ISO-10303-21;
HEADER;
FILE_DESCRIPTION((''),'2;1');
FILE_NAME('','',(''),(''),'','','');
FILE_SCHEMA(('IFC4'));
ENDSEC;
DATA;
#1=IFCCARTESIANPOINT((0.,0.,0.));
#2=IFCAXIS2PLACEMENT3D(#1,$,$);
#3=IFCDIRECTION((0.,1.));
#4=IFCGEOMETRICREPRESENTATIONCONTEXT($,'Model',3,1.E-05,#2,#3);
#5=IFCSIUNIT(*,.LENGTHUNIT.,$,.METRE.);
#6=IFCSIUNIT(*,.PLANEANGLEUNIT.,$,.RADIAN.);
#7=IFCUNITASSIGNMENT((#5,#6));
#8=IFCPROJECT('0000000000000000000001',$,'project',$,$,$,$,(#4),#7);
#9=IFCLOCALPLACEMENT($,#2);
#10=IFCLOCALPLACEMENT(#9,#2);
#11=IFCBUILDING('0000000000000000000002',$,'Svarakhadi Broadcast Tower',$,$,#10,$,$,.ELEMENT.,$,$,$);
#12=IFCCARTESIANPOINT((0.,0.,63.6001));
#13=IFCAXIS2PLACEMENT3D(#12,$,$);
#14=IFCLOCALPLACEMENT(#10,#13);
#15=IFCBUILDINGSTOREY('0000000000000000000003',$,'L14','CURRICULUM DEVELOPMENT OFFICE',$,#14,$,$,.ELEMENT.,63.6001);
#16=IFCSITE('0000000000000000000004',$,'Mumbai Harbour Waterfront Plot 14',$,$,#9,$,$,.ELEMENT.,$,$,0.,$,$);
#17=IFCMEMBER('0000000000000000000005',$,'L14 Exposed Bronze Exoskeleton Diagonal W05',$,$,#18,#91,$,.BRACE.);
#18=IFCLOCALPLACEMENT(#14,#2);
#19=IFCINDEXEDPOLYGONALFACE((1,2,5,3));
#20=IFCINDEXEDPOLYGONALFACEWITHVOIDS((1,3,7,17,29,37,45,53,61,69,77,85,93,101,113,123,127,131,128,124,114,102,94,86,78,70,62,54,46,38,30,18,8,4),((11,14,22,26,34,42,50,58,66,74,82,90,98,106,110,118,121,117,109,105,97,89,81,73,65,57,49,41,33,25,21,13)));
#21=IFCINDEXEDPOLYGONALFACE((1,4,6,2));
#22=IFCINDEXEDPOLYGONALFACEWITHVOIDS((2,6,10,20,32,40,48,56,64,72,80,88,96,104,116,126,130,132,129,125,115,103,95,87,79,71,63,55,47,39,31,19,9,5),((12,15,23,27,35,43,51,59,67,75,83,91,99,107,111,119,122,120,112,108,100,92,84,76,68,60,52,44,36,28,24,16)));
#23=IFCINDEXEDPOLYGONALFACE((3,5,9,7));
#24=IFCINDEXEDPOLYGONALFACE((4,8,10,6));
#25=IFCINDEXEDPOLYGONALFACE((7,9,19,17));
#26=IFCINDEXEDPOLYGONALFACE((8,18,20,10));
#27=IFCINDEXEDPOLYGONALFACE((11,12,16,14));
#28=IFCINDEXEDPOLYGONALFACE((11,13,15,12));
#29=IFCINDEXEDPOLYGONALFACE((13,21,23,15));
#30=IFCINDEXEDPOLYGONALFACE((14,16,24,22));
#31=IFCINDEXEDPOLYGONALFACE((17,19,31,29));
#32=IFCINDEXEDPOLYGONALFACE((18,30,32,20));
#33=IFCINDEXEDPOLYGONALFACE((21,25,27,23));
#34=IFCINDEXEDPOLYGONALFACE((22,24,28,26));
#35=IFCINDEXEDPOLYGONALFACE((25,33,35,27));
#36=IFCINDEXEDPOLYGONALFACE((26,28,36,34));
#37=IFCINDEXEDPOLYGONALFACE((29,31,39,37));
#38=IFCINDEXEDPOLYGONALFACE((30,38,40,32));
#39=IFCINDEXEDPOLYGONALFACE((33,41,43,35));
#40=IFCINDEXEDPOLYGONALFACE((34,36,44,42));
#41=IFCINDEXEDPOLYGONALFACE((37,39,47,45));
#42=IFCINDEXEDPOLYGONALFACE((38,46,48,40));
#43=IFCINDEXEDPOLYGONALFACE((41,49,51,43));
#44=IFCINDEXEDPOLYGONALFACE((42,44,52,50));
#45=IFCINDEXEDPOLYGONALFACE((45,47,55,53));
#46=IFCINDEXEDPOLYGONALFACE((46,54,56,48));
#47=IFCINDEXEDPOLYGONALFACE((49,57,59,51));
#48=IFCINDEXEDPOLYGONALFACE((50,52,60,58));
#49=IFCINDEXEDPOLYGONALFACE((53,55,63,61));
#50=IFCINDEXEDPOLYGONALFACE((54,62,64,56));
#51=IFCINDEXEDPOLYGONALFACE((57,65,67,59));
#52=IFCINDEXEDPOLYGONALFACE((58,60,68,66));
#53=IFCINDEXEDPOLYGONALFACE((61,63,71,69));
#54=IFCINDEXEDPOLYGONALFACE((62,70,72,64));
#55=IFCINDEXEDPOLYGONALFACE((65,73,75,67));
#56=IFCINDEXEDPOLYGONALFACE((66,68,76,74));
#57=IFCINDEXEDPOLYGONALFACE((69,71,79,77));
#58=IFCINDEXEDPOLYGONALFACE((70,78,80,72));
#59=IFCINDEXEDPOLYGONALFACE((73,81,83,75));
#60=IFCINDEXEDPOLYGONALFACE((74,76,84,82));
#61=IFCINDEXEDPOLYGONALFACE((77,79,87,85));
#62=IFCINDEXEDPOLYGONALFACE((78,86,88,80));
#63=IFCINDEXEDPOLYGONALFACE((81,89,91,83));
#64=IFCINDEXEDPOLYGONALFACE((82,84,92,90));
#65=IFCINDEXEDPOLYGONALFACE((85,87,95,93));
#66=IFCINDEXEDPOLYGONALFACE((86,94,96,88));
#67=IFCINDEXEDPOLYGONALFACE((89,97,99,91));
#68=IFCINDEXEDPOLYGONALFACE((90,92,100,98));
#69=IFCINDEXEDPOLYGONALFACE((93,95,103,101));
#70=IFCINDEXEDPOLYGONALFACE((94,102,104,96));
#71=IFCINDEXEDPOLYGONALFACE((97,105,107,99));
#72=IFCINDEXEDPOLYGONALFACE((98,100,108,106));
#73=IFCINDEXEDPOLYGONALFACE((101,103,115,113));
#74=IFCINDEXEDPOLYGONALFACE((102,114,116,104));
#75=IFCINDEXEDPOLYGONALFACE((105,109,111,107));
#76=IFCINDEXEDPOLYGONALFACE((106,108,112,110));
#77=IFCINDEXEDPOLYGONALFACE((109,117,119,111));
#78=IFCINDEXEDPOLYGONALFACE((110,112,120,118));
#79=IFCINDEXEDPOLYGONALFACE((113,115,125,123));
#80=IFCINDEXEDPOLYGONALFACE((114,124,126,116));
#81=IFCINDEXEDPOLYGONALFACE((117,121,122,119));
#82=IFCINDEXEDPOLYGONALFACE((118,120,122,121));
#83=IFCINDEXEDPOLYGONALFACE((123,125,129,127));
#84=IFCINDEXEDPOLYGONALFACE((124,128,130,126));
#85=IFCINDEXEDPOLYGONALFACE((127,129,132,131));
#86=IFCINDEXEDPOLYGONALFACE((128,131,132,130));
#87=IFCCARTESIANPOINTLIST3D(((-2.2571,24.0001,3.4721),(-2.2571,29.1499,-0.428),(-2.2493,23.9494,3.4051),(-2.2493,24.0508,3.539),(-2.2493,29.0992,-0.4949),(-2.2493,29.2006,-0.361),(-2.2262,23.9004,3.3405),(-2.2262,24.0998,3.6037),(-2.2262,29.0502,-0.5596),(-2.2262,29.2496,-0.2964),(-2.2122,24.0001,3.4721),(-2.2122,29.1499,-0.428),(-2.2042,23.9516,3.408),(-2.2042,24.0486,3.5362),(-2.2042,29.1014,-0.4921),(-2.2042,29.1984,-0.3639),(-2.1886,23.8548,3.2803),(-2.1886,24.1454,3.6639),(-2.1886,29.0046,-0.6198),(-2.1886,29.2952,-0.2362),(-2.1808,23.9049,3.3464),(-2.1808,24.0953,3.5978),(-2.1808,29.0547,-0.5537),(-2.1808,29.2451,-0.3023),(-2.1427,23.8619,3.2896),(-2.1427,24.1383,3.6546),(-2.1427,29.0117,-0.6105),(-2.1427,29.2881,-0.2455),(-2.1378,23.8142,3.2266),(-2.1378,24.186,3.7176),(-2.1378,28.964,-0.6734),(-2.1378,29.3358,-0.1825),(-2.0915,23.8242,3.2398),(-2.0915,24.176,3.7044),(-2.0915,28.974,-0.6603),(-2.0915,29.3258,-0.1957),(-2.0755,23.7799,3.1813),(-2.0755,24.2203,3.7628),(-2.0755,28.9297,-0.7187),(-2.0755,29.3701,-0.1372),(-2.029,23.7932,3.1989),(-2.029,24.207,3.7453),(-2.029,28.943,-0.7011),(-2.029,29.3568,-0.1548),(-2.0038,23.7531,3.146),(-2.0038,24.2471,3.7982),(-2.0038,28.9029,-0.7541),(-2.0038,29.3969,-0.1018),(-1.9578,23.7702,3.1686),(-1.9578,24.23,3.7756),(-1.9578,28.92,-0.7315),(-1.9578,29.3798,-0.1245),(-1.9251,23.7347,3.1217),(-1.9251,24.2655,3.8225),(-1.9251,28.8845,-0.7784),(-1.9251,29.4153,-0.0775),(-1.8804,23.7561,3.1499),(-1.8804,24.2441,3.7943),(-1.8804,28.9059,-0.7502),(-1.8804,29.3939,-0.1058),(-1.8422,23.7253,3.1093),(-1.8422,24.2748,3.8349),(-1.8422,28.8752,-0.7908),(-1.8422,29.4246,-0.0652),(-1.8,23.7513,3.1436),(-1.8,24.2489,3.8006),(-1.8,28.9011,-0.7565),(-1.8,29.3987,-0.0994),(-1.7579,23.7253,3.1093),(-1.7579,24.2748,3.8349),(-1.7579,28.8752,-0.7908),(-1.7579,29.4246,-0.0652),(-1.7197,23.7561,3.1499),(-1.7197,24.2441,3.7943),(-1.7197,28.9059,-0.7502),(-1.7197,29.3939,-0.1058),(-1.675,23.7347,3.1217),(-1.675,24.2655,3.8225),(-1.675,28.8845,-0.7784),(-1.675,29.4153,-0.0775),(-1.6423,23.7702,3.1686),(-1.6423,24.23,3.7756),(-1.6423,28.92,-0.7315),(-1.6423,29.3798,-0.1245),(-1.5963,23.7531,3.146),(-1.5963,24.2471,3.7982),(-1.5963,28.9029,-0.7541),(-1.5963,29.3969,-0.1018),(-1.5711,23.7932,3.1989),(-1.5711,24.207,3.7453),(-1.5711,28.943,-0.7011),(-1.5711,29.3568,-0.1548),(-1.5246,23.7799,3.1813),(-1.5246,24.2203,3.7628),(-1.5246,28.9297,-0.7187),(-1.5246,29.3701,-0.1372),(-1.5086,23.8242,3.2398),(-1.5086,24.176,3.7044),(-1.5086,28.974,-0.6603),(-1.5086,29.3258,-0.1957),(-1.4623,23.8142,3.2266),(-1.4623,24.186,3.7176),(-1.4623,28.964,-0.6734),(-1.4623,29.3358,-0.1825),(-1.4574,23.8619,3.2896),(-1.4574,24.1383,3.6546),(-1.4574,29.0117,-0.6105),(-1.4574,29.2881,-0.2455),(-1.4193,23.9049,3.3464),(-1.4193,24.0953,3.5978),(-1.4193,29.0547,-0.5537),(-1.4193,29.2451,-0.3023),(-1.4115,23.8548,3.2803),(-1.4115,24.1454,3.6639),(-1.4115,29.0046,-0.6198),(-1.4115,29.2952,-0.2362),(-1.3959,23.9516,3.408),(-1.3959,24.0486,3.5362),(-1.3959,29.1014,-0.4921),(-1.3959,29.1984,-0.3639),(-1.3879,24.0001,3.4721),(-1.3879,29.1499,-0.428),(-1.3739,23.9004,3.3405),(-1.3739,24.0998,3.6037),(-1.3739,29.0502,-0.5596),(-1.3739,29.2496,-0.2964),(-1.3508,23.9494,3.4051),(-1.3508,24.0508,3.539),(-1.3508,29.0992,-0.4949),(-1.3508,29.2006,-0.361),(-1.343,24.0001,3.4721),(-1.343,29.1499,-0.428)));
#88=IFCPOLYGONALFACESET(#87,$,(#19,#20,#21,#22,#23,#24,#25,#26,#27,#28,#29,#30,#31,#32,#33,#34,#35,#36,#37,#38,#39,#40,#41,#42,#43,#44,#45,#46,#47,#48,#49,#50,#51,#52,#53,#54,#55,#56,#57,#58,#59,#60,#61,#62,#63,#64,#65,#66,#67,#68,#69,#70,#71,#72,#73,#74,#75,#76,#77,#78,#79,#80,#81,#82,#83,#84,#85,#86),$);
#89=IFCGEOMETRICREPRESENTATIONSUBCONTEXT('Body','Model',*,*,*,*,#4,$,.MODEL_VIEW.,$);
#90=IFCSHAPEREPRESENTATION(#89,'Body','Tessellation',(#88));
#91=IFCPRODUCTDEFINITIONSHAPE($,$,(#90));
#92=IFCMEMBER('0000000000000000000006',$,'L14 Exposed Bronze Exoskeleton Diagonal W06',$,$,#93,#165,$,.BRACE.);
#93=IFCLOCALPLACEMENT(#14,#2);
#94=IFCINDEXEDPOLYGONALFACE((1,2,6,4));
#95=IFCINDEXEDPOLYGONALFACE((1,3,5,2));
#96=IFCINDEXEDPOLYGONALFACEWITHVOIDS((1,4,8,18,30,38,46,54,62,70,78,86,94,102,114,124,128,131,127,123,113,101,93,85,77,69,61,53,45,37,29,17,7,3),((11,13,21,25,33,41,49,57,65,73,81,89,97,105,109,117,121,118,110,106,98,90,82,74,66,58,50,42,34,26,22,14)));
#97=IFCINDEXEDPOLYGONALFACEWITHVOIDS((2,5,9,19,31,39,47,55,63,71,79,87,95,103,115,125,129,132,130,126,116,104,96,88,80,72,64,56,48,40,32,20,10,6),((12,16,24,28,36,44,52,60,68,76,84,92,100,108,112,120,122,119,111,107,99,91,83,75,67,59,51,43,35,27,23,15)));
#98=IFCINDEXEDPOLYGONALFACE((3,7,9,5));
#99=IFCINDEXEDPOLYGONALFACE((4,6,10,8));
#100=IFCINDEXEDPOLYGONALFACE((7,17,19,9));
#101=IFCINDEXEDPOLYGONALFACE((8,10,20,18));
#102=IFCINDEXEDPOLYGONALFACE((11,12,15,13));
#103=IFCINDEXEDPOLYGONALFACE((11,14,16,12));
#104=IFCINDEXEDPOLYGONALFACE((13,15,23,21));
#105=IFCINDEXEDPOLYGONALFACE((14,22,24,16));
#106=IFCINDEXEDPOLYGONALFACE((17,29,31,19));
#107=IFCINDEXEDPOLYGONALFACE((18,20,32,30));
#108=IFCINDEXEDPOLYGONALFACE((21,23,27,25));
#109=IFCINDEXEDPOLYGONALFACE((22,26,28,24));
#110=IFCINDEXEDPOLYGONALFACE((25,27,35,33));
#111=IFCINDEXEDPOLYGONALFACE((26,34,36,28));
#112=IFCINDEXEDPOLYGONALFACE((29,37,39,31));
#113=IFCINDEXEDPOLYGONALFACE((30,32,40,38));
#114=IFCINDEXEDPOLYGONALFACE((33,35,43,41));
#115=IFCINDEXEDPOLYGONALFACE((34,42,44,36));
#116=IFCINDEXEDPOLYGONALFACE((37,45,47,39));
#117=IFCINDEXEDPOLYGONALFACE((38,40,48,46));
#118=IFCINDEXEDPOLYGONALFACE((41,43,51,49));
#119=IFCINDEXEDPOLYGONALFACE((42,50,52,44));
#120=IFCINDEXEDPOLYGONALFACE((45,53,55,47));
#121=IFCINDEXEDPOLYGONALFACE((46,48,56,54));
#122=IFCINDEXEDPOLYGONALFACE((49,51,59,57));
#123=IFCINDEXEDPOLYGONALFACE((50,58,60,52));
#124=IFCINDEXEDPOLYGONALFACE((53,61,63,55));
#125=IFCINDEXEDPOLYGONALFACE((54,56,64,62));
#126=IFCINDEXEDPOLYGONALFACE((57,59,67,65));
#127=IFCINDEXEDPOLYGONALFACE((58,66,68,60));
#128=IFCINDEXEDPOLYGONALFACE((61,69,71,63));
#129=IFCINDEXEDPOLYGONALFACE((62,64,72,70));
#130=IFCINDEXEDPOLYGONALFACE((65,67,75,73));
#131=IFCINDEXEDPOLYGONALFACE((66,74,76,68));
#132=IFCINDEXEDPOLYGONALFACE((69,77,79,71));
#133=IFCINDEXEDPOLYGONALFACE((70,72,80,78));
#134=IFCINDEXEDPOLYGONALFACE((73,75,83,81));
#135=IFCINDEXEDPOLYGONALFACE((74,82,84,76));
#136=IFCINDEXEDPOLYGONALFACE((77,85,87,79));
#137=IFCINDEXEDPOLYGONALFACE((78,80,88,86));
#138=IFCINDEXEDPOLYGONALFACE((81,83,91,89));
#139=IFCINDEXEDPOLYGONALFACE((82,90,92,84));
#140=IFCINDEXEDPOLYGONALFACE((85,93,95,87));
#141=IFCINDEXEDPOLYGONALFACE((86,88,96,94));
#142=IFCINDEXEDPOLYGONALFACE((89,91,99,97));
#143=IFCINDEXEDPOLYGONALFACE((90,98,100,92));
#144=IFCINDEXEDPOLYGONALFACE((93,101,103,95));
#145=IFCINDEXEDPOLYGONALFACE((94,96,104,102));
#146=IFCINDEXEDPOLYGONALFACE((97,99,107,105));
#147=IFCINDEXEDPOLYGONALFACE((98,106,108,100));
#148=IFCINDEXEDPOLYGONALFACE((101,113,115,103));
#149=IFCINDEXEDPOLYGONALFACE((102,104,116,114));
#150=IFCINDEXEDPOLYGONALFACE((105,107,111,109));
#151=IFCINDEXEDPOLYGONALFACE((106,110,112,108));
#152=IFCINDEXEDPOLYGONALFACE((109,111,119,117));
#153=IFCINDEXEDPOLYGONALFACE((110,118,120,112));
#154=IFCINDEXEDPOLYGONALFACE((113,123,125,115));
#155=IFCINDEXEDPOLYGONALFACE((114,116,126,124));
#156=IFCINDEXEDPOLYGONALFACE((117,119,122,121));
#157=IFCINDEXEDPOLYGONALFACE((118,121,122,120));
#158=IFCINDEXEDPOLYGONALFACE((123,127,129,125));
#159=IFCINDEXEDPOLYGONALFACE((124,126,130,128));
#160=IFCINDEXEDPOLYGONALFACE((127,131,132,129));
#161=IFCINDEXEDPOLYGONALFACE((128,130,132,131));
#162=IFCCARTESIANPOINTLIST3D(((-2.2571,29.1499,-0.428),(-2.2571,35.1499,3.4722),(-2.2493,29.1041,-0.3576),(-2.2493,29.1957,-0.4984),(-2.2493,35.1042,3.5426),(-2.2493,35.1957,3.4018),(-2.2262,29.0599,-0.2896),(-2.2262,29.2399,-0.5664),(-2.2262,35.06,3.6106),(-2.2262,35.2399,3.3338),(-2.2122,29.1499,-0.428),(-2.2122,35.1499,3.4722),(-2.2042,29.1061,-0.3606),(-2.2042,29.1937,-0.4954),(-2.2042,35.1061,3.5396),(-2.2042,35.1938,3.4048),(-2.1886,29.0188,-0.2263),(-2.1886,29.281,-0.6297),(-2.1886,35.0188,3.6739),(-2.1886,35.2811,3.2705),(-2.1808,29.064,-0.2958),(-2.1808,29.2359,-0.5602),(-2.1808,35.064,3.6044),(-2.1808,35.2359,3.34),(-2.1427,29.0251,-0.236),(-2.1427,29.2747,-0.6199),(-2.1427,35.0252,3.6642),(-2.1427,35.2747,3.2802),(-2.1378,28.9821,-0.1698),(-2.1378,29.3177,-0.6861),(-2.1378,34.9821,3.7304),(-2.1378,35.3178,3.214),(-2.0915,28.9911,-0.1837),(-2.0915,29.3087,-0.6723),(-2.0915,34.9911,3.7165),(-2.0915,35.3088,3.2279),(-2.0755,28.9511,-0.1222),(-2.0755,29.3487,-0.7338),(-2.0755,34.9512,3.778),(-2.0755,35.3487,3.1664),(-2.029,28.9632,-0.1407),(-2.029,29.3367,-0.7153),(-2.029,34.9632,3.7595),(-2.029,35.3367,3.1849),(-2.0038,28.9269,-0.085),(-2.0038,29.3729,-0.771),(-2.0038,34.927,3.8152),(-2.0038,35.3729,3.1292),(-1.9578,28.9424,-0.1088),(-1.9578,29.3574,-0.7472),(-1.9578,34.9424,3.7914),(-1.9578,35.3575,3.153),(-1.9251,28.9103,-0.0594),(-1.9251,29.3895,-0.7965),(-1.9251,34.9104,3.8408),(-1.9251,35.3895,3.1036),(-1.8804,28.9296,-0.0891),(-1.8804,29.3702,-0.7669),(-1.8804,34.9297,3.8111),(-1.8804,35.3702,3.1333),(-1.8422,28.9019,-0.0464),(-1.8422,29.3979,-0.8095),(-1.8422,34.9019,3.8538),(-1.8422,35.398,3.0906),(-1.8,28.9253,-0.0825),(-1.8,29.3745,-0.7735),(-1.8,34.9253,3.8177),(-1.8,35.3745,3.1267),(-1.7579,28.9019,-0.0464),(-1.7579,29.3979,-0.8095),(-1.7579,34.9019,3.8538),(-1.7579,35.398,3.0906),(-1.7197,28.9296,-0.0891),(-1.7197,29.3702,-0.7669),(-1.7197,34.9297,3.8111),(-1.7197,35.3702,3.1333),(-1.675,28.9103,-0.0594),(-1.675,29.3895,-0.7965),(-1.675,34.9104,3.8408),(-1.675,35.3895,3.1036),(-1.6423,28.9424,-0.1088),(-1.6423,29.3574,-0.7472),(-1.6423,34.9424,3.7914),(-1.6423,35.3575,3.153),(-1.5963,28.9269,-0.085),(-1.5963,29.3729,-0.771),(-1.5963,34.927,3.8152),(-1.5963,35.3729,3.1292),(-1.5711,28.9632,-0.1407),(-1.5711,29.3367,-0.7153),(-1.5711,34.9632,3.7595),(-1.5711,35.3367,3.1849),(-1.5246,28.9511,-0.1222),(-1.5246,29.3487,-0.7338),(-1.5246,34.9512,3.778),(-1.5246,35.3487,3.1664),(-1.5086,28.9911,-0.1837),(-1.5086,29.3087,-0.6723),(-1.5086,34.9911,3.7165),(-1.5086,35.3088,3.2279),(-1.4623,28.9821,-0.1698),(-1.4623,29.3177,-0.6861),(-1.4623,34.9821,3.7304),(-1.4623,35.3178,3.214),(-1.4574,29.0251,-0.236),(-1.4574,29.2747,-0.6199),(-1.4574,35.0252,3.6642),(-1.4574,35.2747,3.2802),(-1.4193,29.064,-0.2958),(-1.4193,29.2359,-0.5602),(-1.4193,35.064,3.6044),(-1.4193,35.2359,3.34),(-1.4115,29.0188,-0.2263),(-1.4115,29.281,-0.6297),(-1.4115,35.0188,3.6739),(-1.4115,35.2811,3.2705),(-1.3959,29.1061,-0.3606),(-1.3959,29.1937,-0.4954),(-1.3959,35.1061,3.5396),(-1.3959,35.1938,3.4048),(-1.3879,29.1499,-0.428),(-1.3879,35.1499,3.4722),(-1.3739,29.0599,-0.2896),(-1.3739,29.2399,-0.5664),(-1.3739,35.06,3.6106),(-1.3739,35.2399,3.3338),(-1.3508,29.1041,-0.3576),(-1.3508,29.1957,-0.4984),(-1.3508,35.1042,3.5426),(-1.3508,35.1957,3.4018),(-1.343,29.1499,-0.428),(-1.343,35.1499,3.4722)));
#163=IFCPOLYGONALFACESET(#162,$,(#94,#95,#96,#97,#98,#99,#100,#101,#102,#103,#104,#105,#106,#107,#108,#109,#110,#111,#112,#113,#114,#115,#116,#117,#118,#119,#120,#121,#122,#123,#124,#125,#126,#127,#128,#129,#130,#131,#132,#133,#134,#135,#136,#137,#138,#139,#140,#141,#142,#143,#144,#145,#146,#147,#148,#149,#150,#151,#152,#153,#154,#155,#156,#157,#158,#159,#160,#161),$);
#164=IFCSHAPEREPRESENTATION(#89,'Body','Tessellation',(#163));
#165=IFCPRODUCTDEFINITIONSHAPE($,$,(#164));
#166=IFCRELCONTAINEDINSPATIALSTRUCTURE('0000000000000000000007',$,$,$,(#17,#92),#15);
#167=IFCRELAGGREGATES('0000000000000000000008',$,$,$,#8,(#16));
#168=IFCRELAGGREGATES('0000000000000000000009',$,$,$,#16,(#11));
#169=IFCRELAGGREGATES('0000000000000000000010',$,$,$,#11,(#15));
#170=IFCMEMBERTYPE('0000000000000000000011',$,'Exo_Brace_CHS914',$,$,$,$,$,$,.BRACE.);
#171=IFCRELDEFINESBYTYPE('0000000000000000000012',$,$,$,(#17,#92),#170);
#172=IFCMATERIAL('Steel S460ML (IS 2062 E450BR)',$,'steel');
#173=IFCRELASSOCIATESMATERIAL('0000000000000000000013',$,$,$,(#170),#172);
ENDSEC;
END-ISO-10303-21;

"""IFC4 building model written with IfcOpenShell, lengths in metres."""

from ifc_helpers import new_model, si_unit, direction, frame, origin, origin_2d, place, context, subcontext, project, spatial, hollow_circle, extrude, material, material_profile, profile_set, type_object, element, save


model = new_model("IFC4")

# Units and contexts
model_context = context("Model", 3, precision=1e-05, world=origin(), true_north=direction((0.0, 1.0)))
body_context = subcontext(model_context, "Body", "Model", "MODEL_VIEW")
ifc_project = project(units=[si_unit("LENGTHUNIT", "METRE"), si_unit("PLANEANGLEUNIT", "RADIAN")], contexts=[model_context])

# Site, building, storey
site_placement = place(None, origin())
site = spatial("IfcSite", under=ifc_project, at=site_placement, Name="Mumbai Harbour Waterfront Plot 14", CompositionType="ELEMENT", RefElevation=0.0)
building_placement = place(site_placement, origin())
building = spatial("IfcBuilding", under=site, at=building_placement, Name="Svarakhadi Broadcast Tower", CompositionType="ELEMENT")
storey_placement = place(building_placement, frame((0.0, 0.0, 63.6001)))
storey = spatial("IfcBuildingStorey", under=building, at=storey_placement, Name="L14", Description="CURRICULUM DEVELOPMENT OFFICE", CompositionType="ELEMENT", Elevation=63.6001)

# Shared definitions
ifc_material_1 = material(Name="Steel S460ML (IS 2062 E450BR)", Category="steel")

# Members
ifc_material_profile_1 = material_profile(ifc_material_1, hollow_circle(Radius=0.457, WallThickness=0.0449, at=origin_2d()), Name="CHS 914x45")
ifc_profile_set_1 = profile_set([ifc_material_profile_1], Name="Steel S460ML (IS 2062 E450BR)")
member_type_1 = type_object("IfcMemberType", Name="Exo_Brace_CHS914", PredefinedType="BRACE", material=ifc_profile_set_1)
member_1_placement = place(storey_placement, frame((-1.8, 29.1499, -0.428), z_axis=(0.0, -0.797189, 0.60373), x_axis=(1.0, 0.0, 0.0)))
element("IfcMember", 1, at=member_1_placement, inside=storey, type_object=member_type_1, Name="L14 Exposed Bronze Exoskeleton Diagonal W05", PredefinedType="BRACE", context=body_context, shape_type="SweptSolid", body=[
    extrude(hollow_circle(Radius=0.457, WallThickness=0.0449, at=origin_2d()), origin(), (0.0, 0.0, 1.0), 6.46),
])
member_2_placement = place(storey_placement, frame((-1.8, 29.1499, -0.428), z_axis=(0.0, 0.838434, 0.545003), x_axis=(-1.0, 0.0, 0.0)))
element("IfcMember", 2, at=member_2_placement, inside=storey, type_object=member_type_1, Name="L14 Exposed Bronze Exoskeleton Diagonal W06", PredefinedType="BRACE", context=body_context, shape_type="SweptSolid", body=[
    extrude(hollow_circle(Radius=0.457, WallThickness=0.0449, at=origin_2d()), origin(), (0.0, 0.0, 1.0), 7.1562),
])

save(model, "model.ifc")
